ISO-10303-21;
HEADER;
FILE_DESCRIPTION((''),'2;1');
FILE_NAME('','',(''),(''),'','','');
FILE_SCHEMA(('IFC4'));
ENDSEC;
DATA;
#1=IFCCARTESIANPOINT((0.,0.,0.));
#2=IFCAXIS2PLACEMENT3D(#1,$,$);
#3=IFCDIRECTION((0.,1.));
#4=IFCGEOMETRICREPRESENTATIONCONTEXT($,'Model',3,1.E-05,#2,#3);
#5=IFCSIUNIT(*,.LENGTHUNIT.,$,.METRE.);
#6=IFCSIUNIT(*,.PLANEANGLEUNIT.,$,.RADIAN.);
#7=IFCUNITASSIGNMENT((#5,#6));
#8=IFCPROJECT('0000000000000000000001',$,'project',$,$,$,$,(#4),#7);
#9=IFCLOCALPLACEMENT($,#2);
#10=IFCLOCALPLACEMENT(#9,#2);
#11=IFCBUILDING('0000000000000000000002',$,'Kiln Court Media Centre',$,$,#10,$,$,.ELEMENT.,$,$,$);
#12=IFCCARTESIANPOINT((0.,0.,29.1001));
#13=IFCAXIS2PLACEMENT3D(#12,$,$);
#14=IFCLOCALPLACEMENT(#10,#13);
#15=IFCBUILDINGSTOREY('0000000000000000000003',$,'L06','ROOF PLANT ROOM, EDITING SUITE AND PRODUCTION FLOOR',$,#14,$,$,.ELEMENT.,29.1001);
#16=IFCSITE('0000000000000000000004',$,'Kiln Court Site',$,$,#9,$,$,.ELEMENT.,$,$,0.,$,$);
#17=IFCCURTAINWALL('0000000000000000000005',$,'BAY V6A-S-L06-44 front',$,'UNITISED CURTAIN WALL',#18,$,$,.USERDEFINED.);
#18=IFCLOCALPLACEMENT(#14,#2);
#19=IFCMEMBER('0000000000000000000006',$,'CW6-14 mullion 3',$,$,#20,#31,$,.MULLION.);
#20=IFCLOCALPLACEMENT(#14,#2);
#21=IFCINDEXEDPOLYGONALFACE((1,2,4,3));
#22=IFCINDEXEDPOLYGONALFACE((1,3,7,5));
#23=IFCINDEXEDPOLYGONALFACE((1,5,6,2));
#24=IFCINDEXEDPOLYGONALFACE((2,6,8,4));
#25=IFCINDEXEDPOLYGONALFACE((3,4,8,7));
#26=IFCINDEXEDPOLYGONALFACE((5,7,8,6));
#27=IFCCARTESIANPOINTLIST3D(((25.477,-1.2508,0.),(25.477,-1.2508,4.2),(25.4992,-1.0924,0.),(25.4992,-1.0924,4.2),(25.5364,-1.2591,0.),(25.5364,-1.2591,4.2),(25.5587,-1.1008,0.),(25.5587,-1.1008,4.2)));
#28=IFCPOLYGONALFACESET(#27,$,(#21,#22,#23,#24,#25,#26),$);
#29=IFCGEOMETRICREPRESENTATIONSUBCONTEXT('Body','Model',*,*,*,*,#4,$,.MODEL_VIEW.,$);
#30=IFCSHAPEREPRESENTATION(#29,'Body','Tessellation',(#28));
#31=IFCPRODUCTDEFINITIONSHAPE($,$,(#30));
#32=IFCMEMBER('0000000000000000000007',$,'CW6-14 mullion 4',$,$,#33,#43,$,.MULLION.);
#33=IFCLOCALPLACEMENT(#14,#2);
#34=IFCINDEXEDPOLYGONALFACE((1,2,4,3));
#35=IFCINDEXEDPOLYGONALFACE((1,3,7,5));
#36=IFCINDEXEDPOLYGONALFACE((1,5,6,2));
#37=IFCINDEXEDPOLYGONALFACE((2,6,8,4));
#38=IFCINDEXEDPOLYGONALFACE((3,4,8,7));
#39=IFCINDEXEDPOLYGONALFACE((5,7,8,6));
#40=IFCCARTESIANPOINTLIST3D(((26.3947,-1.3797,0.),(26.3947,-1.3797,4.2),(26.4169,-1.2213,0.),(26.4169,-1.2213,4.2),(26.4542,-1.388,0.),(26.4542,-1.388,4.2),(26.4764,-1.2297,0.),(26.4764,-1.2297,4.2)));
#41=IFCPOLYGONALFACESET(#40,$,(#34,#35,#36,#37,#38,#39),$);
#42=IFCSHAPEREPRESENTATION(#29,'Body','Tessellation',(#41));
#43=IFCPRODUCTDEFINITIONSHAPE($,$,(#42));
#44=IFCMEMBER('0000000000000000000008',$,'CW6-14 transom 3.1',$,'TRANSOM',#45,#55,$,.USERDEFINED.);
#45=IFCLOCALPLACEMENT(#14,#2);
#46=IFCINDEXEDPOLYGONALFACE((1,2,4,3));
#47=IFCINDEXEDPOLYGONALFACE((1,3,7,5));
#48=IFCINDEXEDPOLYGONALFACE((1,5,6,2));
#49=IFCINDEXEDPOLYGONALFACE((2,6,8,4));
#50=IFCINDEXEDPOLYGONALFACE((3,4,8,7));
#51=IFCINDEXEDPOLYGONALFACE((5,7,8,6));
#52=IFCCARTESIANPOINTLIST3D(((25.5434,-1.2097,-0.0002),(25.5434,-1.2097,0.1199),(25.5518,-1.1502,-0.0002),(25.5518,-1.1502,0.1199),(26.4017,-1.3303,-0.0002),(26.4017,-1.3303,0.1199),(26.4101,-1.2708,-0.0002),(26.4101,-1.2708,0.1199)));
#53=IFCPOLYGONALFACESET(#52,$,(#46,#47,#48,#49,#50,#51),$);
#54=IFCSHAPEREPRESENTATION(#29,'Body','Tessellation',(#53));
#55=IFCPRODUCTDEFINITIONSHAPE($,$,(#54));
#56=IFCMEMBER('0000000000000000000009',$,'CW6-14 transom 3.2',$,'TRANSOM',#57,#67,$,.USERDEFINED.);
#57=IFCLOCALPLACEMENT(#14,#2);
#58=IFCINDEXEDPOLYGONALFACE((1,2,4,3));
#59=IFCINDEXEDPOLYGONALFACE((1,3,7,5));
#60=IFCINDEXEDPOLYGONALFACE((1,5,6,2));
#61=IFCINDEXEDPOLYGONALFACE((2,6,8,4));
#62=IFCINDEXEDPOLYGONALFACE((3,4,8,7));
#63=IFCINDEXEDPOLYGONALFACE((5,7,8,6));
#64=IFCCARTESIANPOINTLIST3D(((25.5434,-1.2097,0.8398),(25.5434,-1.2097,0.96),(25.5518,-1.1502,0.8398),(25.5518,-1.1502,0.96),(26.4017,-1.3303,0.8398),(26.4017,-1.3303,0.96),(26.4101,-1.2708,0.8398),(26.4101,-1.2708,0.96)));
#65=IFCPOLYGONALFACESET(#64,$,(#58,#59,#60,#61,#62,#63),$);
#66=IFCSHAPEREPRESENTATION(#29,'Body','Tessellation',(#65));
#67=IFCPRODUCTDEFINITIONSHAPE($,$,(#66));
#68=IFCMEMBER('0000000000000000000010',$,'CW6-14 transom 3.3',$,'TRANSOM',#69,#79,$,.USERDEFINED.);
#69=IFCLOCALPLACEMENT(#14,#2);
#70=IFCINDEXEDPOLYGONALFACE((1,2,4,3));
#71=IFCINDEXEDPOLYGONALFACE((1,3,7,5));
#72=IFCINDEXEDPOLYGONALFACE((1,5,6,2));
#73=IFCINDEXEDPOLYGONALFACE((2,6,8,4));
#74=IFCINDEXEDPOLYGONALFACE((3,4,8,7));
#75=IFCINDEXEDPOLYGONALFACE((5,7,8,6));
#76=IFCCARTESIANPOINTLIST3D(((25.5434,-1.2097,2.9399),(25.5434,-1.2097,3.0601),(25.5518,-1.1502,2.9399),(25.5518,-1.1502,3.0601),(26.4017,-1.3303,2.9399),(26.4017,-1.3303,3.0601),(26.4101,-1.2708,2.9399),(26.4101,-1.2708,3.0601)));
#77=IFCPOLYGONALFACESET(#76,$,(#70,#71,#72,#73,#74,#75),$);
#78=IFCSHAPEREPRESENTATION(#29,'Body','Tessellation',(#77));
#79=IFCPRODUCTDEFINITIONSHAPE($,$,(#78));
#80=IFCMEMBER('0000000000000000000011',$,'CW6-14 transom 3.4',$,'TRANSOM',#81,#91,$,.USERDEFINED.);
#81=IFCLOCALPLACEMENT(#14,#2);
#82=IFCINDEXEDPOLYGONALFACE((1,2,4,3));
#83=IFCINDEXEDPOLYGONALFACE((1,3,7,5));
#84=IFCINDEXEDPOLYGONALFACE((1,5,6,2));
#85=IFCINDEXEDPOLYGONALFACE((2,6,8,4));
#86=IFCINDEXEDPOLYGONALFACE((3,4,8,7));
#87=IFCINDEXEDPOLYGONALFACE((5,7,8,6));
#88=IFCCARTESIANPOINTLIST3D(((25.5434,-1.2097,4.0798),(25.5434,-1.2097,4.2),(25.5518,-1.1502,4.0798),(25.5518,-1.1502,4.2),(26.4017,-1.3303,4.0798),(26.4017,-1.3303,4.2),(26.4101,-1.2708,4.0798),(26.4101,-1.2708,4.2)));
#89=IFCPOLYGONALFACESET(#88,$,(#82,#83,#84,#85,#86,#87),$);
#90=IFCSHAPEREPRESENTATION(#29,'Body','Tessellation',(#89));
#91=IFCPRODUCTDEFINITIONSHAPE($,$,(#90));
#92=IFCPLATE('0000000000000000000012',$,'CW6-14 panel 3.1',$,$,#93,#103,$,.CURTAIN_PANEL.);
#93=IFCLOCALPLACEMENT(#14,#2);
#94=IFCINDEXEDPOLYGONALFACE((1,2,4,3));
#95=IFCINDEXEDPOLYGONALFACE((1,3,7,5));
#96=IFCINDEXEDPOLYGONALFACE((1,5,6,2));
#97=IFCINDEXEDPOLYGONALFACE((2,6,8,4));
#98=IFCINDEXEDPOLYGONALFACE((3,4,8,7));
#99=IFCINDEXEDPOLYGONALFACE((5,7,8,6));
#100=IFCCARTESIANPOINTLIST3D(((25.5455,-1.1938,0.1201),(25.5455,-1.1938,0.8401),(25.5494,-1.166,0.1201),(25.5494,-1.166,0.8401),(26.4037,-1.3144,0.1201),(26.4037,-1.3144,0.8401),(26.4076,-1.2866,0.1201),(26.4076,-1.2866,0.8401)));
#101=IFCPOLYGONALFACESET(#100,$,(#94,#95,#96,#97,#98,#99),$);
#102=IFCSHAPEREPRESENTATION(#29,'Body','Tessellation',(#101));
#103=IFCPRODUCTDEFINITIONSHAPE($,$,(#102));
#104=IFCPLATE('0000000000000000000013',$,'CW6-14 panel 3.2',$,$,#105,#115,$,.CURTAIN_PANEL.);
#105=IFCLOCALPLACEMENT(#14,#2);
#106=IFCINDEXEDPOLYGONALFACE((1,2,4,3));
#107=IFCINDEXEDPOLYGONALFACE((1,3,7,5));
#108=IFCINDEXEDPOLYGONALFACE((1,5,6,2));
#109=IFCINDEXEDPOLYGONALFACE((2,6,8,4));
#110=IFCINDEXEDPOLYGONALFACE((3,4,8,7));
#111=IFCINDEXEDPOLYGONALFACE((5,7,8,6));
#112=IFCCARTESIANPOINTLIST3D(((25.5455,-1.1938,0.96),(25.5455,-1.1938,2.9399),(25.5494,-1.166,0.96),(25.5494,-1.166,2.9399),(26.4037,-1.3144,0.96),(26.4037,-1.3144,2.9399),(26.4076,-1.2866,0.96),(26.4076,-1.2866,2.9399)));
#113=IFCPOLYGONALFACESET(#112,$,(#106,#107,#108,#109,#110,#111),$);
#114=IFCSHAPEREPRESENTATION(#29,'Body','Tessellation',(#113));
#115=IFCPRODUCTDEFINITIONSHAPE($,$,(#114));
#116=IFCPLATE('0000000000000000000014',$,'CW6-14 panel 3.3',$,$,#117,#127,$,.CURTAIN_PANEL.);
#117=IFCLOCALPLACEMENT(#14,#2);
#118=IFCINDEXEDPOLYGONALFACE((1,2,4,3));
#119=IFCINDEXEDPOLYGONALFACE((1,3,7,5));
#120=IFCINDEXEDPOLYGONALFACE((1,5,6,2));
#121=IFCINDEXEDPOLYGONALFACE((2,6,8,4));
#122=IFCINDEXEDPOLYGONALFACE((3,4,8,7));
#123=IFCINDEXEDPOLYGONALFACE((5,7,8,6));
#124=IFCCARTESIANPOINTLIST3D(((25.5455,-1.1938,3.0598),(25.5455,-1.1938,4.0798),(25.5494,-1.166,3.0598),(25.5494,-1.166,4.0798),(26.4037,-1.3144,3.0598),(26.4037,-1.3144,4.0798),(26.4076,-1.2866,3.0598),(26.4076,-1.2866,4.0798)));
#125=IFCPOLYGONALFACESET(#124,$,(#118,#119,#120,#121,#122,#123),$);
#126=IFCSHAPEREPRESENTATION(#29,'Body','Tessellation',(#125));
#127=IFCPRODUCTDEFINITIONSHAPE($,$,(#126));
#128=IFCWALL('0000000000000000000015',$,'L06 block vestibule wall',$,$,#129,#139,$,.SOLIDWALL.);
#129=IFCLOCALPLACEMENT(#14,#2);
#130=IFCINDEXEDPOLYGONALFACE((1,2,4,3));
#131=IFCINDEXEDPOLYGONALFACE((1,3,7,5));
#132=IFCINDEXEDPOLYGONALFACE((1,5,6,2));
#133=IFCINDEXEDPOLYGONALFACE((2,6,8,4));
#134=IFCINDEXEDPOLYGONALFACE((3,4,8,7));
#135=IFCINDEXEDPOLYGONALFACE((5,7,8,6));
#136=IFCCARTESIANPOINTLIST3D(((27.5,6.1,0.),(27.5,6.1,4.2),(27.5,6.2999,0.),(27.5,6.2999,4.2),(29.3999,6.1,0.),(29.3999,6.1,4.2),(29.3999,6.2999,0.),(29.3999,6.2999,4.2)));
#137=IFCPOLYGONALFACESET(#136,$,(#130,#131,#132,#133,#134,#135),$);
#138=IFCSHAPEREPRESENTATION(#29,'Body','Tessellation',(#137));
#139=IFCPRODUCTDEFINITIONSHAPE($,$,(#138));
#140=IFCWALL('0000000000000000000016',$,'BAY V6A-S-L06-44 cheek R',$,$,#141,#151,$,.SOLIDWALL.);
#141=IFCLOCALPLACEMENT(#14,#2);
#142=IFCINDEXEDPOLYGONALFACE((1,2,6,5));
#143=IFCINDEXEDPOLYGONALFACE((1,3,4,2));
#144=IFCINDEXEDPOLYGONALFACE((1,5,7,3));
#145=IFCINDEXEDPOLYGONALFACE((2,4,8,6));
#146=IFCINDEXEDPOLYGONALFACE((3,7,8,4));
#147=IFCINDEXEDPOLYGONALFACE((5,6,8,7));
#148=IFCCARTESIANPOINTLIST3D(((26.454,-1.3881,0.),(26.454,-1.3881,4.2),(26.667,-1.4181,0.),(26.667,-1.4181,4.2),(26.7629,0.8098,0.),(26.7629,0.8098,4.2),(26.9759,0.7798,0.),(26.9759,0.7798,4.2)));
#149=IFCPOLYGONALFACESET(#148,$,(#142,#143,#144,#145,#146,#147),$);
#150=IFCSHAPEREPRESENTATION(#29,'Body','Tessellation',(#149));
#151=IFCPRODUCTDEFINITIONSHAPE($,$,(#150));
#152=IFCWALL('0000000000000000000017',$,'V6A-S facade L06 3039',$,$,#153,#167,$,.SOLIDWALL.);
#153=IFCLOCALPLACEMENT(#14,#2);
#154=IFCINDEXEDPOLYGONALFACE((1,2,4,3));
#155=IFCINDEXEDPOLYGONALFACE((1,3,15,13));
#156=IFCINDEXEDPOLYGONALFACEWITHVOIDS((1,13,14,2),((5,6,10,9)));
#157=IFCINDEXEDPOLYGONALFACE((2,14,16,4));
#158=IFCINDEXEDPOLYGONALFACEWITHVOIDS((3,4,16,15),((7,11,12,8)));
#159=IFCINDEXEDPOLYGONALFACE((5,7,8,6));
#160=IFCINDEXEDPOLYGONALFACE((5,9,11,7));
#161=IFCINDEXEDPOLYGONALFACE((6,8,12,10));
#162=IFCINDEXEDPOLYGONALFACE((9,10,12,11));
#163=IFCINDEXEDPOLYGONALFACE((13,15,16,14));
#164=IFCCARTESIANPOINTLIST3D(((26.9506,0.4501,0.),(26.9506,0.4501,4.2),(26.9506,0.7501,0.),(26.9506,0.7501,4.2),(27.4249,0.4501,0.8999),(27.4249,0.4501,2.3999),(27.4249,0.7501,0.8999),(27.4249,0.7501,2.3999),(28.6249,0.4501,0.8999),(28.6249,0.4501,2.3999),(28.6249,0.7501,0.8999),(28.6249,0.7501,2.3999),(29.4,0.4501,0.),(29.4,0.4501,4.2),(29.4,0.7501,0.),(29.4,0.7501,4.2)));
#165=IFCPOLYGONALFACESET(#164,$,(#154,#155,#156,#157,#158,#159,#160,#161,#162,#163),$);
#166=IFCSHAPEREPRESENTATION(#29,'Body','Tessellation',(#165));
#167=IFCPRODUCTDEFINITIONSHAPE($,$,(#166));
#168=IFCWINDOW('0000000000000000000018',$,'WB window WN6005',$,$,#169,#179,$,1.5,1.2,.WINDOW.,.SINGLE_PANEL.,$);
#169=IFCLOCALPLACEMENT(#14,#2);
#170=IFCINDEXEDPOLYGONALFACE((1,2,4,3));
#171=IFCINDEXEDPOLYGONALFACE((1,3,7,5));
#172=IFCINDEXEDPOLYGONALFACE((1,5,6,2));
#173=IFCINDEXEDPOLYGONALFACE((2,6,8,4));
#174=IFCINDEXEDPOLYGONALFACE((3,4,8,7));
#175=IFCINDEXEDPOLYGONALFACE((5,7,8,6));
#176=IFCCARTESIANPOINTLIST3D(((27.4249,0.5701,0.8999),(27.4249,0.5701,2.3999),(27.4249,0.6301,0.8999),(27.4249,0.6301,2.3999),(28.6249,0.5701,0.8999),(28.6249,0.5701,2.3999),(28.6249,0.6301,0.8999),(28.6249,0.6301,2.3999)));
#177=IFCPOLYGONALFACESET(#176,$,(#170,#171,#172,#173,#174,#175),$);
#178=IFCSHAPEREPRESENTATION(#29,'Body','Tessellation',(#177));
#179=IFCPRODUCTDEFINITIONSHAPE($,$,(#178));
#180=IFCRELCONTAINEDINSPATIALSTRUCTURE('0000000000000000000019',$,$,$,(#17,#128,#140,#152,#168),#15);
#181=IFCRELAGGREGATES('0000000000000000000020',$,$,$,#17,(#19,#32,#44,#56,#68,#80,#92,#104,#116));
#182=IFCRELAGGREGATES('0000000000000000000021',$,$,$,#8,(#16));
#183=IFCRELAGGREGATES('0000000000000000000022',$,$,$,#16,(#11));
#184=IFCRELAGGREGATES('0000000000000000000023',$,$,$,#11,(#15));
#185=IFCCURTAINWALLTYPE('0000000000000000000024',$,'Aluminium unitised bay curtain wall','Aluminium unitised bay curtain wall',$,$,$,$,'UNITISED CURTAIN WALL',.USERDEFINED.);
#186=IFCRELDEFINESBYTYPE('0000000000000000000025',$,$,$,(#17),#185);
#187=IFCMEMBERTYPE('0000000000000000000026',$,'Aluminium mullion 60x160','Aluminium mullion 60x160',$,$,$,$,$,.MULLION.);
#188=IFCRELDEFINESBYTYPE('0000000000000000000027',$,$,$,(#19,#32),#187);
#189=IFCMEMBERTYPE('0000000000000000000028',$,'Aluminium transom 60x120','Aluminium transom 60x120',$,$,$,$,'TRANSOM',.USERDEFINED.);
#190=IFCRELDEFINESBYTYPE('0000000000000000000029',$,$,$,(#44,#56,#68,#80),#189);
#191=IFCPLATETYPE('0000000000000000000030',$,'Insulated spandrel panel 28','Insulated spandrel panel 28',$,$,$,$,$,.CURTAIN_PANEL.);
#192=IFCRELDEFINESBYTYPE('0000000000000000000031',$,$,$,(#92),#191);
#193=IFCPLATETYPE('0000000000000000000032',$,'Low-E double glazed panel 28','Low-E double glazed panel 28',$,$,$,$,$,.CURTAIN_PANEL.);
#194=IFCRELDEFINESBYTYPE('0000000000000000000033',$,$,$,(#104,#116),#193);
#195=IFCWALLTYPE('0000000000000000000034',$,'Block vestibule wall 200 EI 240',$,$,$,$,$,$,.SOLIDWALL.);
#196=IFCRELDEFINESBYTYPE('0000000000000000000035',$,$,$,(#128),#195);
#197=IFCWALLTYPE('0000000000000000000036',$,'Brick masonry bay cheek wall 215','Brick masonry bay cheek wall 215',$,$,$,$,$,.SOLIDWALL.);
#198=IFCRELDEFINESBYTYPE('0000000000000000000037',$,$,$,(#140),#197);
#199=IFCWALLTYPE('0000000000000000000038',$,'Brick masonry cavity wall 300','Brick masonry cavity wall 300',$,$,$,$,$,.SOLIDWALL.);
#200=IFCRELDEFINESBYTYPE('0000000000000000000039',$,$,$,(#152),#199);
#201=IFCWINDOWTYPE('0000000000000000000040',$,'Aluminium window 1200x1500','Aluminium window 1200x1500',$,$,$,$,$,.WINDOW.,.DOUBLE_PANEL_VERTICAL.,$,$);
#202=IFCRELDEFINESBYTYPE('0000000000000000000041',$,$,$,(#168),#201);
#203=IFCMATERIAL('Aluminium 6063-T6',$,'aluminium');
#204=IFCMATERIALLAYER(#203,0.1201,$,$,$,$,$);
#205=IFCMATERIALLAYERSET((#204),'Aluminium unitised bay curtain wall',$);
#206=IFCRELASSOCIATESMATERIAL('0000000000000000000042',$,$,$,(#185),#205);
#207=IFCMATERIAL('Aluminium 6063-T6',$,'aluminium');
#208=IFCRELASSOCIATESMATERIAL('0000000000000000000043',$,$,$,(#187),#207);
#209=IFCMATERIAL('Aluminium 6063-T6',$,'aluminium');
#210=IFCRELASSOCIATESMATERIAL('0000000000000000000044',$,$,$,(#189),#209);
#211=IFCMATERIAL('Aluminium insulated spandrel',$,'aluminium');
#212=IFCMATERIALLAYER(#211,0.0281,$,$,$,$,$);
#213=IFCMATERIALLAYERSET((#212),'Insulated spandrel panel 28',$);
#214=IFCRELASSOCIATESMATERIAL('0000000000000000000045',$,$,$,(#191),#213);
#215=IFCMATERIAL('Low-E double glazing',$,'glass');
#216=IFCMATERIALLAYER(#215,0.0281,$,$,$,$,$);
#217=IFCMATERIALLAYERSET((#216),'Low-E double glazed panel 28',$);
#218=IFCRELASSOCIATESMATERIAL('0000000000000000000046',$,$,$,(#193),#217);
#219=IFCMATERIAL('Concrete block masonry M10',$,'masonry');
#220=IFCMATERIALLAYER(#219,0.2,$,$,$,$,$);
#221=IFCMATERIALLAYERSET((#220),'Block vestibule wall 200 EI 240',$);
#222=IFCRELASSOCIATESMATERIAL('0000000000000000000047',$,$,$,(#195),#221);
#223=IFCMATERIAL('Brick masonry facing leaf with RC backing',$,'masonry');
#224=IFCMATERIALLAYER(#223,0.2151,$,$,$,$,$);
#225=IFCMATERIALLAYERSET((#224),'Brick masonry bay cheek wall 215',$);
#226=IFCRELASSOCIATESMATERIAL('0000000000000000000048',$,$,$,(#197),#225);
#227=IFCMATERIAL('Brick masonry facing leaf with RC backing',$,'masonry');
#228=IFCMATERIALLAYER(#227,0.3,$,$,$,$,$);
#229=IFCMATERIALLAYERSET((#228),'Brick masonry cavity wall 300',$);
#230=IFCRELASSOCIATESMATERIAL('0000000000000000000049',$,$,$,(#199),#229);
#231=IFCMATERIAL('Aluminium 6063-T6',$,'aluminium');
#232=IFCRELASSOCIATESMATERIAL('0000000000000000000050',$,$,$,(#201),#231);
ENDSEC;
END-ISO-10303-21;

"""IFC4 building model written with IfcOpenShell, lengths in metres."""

from ifc_helpers import new_model, si_unit, direction, frame, frame_2d, origin, origin_2d, place, context, subcontext, project, spatial, rectangle, extrude, material, layer, layer_set, material_profile, profile_set, type_object, element, fill, aggregate, save


model = new_model("IFC4")

# Units and contexts
model_context = context("Model", 3, precision=1e-05, world=origin(), true_north=direction((0.0, 1.0)))
body_context = subcontext(model_context, "Body", "Model", "MODEL_VIEW")
ifc_project = project(units=[si_unit("LENGTHUNIT", "METRE"), si_unit("PLANEANGLEUNIT", "RADIAN")], contexts=[model_context])

# Site, building, storey
site_placement = place(None, origin())
site = spatial("IfcSite", under=ifc_project, at=site_placement, Name="Kiln Court Site", CompositionType="ELEMENT", RefElevation=0.0)
building_placement = place(site_placement, origin())
building = spatial("IfcBuilding", under=site, at=building_placement, Name="Kiln Court Media Centre", CompositionType="ELEMENT")
storey_placement = place(building_placement, frame((0.0, 0.0, 29.1001)))
storey = spatial("IfcBuildingStorey", under=building, at=storey_placement, Name="L06", Description="ROOF PLANT ROOM, EDITING SUITE AND PRODUCTION FLOOR", CompositionType="ELEMENT", Elevation=29.1001)

# Curtain wall, members, plates
ifc_material_1 = material(Name="Aluminium 6063-T6", Category="aluminium")
ifc_layer_1 = layer(ifc_material_1, 0.1201)
ifc_layer_set_1 = layer_set([ifc_layer_1], Name="Aluminium unitised bay curtain wall")
curtain_wall_type = type_object("IfcCurtainWallType", Name="Aluminium unitised bay curtain wall", Description="Aluminium unitised bay curtain wall", ElementType="UNITISED CURTAIN WALL", PredefinedType="USERDEFINED", material=ifc_layer_set_1)
curtain_wall_placement = place(storey_placement, origin())
curtain_wall = element("IfcCurtainWall", 1, at=curtain_wall_placement, inside=storey, type_object=curtain_wall_type, Name="BAY V6A-S-L06-44 front", ObjectType="UNITISED CURTAIN WALL", PredefinedType="USERDEFINED")
ifc_material_2 = material(Name="Aluminium 6063-T6", Category="aluminium")
ifc_material_profile_1 = material_profile(ifc_material_2, rectangle(XDim=0.0601, YDim=0.1599, at=origin_2d()), Name="Aluminium mullion 60x160")
ifc_profile_set_1 = profile_set([ifc_material_profile_1], Name="Aluminium 6063-T6")
member_type_1 = type_object("IfcMemberType", Name="Aluminium mullion 60x160", Description="Aluminium mullion 60x160", PredefinedType="MULLION", material=ifc_profile_set_1)
member_1_placement = place(storey_placement, frame((25.5178, -1.1758, 0.0), z_axis=(0.0, 0.0, 1.0), x_axis=(0.99027, -0.139162, 0.0)))
member_1 = element("IfcMember", 2, at=member_1_placement, type_object=member_type_1, Name="CW6-14 mullion 3", PredefinedType="MULLION", context=body_context, shape_type="SweptSolid", body=[
    extrude(rectangle(XDim=0.0601, YDim=0.1599, at=origin_2d()), origin(), (0.0, 0.0, 1.0), 4.2),
])
member_2_placement = place(storey_placement, frame((26.4355, -1.3047, 0.0), z_axis=(0.0, 0.0, 1.0), x_axis=(0.99027, -0.139162, 0.0)))
member_2 = element("IfcMember", 3, at=member_2_placement, type_object=member_type_1, Name="CW6-14 mullion 4", PredefinedType="MULLION", context=body_context, shape_type="SweptSolid", body=[
    extrude(rectangle(XDim=0.0601, YDim=0.1599, at=origin_2d()), origin(), (0.0, 0.0, 1.0), 4.2),
])
ifc_material_3 = material(Name="Aluminium 6063-T6", Category="aluminium")
ifc_material_profile_2 = material_profile(ifc_material_3, rectangle(XDim=0.0601, YDim=0.1201, at=origin_2d()), Name="Aluminium transom 60x120")
ifc_profile_set_2 = profile_set([ifc_material_profile_2], Name="Aluminium 6063-T6")
member_type_2 = type_object("IfcMemberType", Name="Aluminium transom 60x120", Description="Aluminium transom 60x120", ElementType="TRANSOM", PredefinedType="USERDEFINED", material=ifc_profile_set_2)
member_3_placement = place(storey_placement, frame((25.5476, -1.1799, 0.0598), z_axis=(0.990268, -0.139173, 0.0), x_axis=(0.139173, 0.990268, 0.0)))
member_3 = element("IfcMember", 4, at=member_3_placement, type_object=member_type_2, Name="CW6-14 transom 3.1", ObjectType="TRANSOM", PredefinedType="USERDEFINED", context=body_context, shape_type="SweptSolid", body=[
    extrude(rectangle(XDim=0.0601, YDim=0.1201, at=origin_2d()), origin(), (0.0, 0.0, 1.0), 0.8667),
])
member_4_placement = place(storey_placement, frame((25.5476, -1.1799, 0.8999), z_axis=(0.990268, -0.139173, 0.0), x_axis=(0.139173, 0.990268, 0.0)))
member_4 = element("IfcMember", 5, at=member_4_placement, type_object=member_type_2, Name="CW6-14 transom 3.2", ObjectType="TRANSOM", PredefinedType="USERDEFINED", context=body_context, shape_type="SweptSolid", body=[
    extrude(rectangle(XDim=0.0601, YDim=0.1201, at=origin_2d()), origin(), (0.0, 0.0, 1.0), 0.8667),
])
member_5_placement = place(storey_placement, frame((25.5476, -1.1799, 3.0), z_axis=(0.990268, -0.139173, 0.0), x_axis=(0.139173, 0.990268, 0.0)))
member_5 = element("IfcMember", 6, at=member_5_placement, type_object=member_type_2, Name="CW6-14 transom 3.3", ObjectType="TRANSOM", PredefinedType="USERDEFINED", context=body_context, shape_type="SweptSolid", body=[
    extrude(rectangle(XDim=0.0601, YDim=0.1201, at=origin_2d()), origin(), (0.0, 0.0, 1.0), 0.8667),
])
member_6_placement = place(storey_placement, frame((25.5476, -1.1799, 4.1399), z_axis=(0.990268, -0.139173, 0.0), x_axis=(0.139173, 0.990268, 0.0)))
member_6 = element("IfcMember", 7, at=member_6_placement, type_object=member_type_2, Name="CW6-14 transom 3.4", ObjectType="TRANSOM", PredefinedType="USERDEFINED", context=body_context, shape_type="SweptSolid", body=[
    extrude(rectangle(XDim=0.0601, YDim=0.1201, at=origin_2d()), origin(), (0.0, 0.0, 1.0), 0.8667),
])
ifc_material_4 = material(Name="Aluminium insulated spandrel", Category="aluminium")
ifc_layer_2 = layer(ifc_material_4, 0.0281)
ifc_layer_set_2 = layer_set([ifc_layer_2], Name="Insulated spandrel panel 28")
plate_type_1 = type_object("IfcPlateType", Name="Insulated spandrel panel 28", Description="Insulated spandrel panel 28", PredefinedType="CURTAIN_PANEL", material=ifc_layer_set_2)
plate_1_placement = place(storey_placement, frame((25.9766, -1.2402, 0.1201), z_axis=(0.0, 0.0, 1.0), x_axis=(0.99027, -0.139162, 0.0)))
plate_1 = element("IfcPlate", 8, at=plate_1_placement, type_object=plate_type_1, Name="CW6-14 panel 3.1", PredefinedType="CURTAIN_PANEL", context=body_context, shape_type="SweptSolid", body=[
    extrude(rectangle(XDim=0.8667, YDim=0.0281, at=origin_2d()), origin(), (0.0, 0.0, 1.0), 0.72),
])
ifc_material_5 = material(Name="Low-E double glazing", Category="glass")
ifc_layer_3 = layer(ifc_material_5, 0.0281)
ifc_layer_set_3 = layer_set([ifc_layer_3], Name="Low-E double glazed panel 28")
plate_type_2 = type_object("IfcPlateType", Name="Low-E double glazed panel 28", Description="Low-E double glazed panel 28", PredefinedType="CURTAIN_PANEL", material=ifc_layer_set_3)
plate_2_placement = place(storey_placement, frame((25.9766, -1.2402, 0.96), z_axis=(0.0, 0.0, 1.0), x_axis=(0.99027, -0.139162, 0.0)))
plate_2 = element("IfcPlate", 9, at=plate_2_placement, type_object=plate_type_2, Name="CW6-14 panel 3.2", PredefinedType="CURTAIN_PANEL", context=body_context, shape_type="SweptSolid", body=[
    extrude(rectangle(XDim=0.8667, YDim=0.0281, at=origin_2d()), origin(), (0.0, 0.0, 1.0), 1.98),
])
plate_3_placement = place(storey_placement, frame((25.9766, -1.2402, 3.0598), z_axis=(0.0, 0.0, 1.0), x_axis=(0.99027, -0.139162, 0.0)))
plate_3 = element("IfcPlate", 10, at=plate_3_placement, type_object=plate_type_2, Name="CW6-14 panel 3.3", PredefinedType="CURTAIN_PANEL", context=body_context, shape_type="SweptSolid", body=[
    extrude(rectangle(XDim=0.8667, YDim=0.0281, at=origin_2d()), origin(), (0.0, 0.0, 1.0), 1.02),
])
aggregate(curtain_wall, [member_1, member_2, member_3, member_4, member_5, member_6, plate_1, plate_2, plate_3])

# Walls
ifc_material_6 = material(Name="Concrete block masonry M10", Category="masonry")
ifc_layer_4 = layer(ifc_material_6, 0.2)
ifc_layer_set_4 = layer_set([ifc_layer_4], Name="Block vestibule wall 200 EI 240")
wall_type_1 = type_object("IfcWallType", Name="Block vestibule wall 200 EI 240", PredefinedType="SOLIDWALL", material=ifc_layer_set_4)
wall_1_placement = place(storey_placement, frame((27.5, 6.2, 0.0), z_axis=(0.0, 0.0, 1.0), x_axis=(1.0, 0.0, 0.0)))
element("IfcWall", 11, at=wall_1_placement, inside=storey, type_object=wall_type_1, Name="L06 block vestibule wall", PredefinedType="SOLIDWALL", context=body_context, shape_type="SweptSolid", body=[
    extrude(rectangle(XDim=1.8999, YDim=0.2, at=frame_2d((0.95, 0.0))), origin(), (0.0, 0.0, 1.0), 4.2),
])
ifc_material_7 = material(Name="Brick masonry facing leaf with RC backing", Category="masonry")
ifc_layer_5 = layer(ifc_material_7, 0.2151)
ifc_layer_set_5 = layer_set([ifc_layer_5], Name="Brick masonry bay cheek wall 215")
wall_type_2 = type_object("IfcWallType", Name="Brick masonry bay cheek wall 215", Description="Brick masonry bay cheek wall 215", PredefinedType="SOLIDWALL", material=ifc_layer_set_5)
wall_2_placement = place(storey_placement, frame((26.8694, 0.7949, 0.0), z_axis=(0.0, 0.0, 1.0), x_axis=(-0.139142, -0.990272, 0.0)))
element("IfcWall", 12, at=wall_2_placement, inside=storey, type_object=wall_type_2, Name="BAY V6A-S-L06-44 cheek R", PredefinedType="SOLIDWALL", context=body_context, shape_type="SweptSolid", body=[
    extrude(rectangle(XDim=2.2195, YDim=0.2151, at=frame_2d((1.1099, 0.0))), origin(), (0.0, 0.0, 1.0), 4.2),
])

# Wall, opening, window
ifc_material_8 = material(Name="Brick masonry facing leaf with RC backing", Category="masonry")
ifc_layer_6 = layer(ifc_material_8, 0.3)
ifc_layer_set_6 = layer_set([ifc_layer_6], Name="Brick masonry cavity wall 300")
wall_type_3 = type_object("IfcWallType", Name="Brick masonry cavity wall 300", Description="Brick masonry cavity wall 300", PredefinedType="SOLIDWALL", material=ifc_layer_set_6)
wall_3_placement = place(storey_placement, frame((29.3999, 0.6001, 0.0), z_axis=(0.0, 0.0, 1.0), x_axis=(-1.0, 0.0, 0.0)))
wall_3 = element("IfcWall", 13, at=wall_3_placement, inside=storey, type_object=wall_type_3, Name="V6A-S facade L06 3039", PredefinedType="SOLIDWALL", context=body_context, shape_type="SweptSolid", body=[
    extrude(rectangle(XDim=2.4495, YDim=0.3, at=frame_2d((1.2246, 0.0))), origin(), (0.0, 0.0, 1.0), 4.2),
])
opening_1_placement = place(wall_3_placement, frame((0.7749, 0.0, 0.8999)))
opening_1 = element("IfcOpeningElement", 14, at=opening_1_placement, cuts=wall_3, PredefinedType="OPENING", context=body_context, shape_type="SweptSolid", body=[
    extrude(rectangle(XDim=1.2, YDim=1.5, at=frame_2d((0.6001, 0.75))), frame((0.0, 0.1599, 0.0), z_axis=(0.0, -1.0, 0.0), x_axis=(1.0, 0.0, 0.0)), (0.0, 0.0, 1.0), 0.3201),
])
ifc_material_9 = material(Name="Aluminium 6063-T6", Category="aluminium")
window_type = type_object("IfcWindowType", Name="Aluminium window 1200x1500", Description="Aluminium window 1200x1500", PartitioningType="DOUBLE_PANEL_VERTICAL", PredefinedType="WINDOW", material=ifc_material_9)
window_placement = place(opening_1_placement, origin())
window = element("IfcWindow", 15, at=window_placement, inside=storey, type_object=window_type, Name="WB window WN6005", OverallHeight=1.5, OverallWidth=1.2, PartitioningType="SINGLE_PANEL", PredefinedType="WINDOW", context=body_context, shape_type="SweptSolid", body=[
    extrude(rectangle(XDim=1.2, YDim=1.5, at=frame_2d((0.6001, 0.75))), frame((0.0, 0.03, 0.0), z_axis=(0.0, -1.0, 0.0), x_axis=(1.0, 0.0, 0.0)), (0.0, 0.0, 1.0), 0.0601),
])
fill(opening_1, window)

save(model, "model.ifc")
